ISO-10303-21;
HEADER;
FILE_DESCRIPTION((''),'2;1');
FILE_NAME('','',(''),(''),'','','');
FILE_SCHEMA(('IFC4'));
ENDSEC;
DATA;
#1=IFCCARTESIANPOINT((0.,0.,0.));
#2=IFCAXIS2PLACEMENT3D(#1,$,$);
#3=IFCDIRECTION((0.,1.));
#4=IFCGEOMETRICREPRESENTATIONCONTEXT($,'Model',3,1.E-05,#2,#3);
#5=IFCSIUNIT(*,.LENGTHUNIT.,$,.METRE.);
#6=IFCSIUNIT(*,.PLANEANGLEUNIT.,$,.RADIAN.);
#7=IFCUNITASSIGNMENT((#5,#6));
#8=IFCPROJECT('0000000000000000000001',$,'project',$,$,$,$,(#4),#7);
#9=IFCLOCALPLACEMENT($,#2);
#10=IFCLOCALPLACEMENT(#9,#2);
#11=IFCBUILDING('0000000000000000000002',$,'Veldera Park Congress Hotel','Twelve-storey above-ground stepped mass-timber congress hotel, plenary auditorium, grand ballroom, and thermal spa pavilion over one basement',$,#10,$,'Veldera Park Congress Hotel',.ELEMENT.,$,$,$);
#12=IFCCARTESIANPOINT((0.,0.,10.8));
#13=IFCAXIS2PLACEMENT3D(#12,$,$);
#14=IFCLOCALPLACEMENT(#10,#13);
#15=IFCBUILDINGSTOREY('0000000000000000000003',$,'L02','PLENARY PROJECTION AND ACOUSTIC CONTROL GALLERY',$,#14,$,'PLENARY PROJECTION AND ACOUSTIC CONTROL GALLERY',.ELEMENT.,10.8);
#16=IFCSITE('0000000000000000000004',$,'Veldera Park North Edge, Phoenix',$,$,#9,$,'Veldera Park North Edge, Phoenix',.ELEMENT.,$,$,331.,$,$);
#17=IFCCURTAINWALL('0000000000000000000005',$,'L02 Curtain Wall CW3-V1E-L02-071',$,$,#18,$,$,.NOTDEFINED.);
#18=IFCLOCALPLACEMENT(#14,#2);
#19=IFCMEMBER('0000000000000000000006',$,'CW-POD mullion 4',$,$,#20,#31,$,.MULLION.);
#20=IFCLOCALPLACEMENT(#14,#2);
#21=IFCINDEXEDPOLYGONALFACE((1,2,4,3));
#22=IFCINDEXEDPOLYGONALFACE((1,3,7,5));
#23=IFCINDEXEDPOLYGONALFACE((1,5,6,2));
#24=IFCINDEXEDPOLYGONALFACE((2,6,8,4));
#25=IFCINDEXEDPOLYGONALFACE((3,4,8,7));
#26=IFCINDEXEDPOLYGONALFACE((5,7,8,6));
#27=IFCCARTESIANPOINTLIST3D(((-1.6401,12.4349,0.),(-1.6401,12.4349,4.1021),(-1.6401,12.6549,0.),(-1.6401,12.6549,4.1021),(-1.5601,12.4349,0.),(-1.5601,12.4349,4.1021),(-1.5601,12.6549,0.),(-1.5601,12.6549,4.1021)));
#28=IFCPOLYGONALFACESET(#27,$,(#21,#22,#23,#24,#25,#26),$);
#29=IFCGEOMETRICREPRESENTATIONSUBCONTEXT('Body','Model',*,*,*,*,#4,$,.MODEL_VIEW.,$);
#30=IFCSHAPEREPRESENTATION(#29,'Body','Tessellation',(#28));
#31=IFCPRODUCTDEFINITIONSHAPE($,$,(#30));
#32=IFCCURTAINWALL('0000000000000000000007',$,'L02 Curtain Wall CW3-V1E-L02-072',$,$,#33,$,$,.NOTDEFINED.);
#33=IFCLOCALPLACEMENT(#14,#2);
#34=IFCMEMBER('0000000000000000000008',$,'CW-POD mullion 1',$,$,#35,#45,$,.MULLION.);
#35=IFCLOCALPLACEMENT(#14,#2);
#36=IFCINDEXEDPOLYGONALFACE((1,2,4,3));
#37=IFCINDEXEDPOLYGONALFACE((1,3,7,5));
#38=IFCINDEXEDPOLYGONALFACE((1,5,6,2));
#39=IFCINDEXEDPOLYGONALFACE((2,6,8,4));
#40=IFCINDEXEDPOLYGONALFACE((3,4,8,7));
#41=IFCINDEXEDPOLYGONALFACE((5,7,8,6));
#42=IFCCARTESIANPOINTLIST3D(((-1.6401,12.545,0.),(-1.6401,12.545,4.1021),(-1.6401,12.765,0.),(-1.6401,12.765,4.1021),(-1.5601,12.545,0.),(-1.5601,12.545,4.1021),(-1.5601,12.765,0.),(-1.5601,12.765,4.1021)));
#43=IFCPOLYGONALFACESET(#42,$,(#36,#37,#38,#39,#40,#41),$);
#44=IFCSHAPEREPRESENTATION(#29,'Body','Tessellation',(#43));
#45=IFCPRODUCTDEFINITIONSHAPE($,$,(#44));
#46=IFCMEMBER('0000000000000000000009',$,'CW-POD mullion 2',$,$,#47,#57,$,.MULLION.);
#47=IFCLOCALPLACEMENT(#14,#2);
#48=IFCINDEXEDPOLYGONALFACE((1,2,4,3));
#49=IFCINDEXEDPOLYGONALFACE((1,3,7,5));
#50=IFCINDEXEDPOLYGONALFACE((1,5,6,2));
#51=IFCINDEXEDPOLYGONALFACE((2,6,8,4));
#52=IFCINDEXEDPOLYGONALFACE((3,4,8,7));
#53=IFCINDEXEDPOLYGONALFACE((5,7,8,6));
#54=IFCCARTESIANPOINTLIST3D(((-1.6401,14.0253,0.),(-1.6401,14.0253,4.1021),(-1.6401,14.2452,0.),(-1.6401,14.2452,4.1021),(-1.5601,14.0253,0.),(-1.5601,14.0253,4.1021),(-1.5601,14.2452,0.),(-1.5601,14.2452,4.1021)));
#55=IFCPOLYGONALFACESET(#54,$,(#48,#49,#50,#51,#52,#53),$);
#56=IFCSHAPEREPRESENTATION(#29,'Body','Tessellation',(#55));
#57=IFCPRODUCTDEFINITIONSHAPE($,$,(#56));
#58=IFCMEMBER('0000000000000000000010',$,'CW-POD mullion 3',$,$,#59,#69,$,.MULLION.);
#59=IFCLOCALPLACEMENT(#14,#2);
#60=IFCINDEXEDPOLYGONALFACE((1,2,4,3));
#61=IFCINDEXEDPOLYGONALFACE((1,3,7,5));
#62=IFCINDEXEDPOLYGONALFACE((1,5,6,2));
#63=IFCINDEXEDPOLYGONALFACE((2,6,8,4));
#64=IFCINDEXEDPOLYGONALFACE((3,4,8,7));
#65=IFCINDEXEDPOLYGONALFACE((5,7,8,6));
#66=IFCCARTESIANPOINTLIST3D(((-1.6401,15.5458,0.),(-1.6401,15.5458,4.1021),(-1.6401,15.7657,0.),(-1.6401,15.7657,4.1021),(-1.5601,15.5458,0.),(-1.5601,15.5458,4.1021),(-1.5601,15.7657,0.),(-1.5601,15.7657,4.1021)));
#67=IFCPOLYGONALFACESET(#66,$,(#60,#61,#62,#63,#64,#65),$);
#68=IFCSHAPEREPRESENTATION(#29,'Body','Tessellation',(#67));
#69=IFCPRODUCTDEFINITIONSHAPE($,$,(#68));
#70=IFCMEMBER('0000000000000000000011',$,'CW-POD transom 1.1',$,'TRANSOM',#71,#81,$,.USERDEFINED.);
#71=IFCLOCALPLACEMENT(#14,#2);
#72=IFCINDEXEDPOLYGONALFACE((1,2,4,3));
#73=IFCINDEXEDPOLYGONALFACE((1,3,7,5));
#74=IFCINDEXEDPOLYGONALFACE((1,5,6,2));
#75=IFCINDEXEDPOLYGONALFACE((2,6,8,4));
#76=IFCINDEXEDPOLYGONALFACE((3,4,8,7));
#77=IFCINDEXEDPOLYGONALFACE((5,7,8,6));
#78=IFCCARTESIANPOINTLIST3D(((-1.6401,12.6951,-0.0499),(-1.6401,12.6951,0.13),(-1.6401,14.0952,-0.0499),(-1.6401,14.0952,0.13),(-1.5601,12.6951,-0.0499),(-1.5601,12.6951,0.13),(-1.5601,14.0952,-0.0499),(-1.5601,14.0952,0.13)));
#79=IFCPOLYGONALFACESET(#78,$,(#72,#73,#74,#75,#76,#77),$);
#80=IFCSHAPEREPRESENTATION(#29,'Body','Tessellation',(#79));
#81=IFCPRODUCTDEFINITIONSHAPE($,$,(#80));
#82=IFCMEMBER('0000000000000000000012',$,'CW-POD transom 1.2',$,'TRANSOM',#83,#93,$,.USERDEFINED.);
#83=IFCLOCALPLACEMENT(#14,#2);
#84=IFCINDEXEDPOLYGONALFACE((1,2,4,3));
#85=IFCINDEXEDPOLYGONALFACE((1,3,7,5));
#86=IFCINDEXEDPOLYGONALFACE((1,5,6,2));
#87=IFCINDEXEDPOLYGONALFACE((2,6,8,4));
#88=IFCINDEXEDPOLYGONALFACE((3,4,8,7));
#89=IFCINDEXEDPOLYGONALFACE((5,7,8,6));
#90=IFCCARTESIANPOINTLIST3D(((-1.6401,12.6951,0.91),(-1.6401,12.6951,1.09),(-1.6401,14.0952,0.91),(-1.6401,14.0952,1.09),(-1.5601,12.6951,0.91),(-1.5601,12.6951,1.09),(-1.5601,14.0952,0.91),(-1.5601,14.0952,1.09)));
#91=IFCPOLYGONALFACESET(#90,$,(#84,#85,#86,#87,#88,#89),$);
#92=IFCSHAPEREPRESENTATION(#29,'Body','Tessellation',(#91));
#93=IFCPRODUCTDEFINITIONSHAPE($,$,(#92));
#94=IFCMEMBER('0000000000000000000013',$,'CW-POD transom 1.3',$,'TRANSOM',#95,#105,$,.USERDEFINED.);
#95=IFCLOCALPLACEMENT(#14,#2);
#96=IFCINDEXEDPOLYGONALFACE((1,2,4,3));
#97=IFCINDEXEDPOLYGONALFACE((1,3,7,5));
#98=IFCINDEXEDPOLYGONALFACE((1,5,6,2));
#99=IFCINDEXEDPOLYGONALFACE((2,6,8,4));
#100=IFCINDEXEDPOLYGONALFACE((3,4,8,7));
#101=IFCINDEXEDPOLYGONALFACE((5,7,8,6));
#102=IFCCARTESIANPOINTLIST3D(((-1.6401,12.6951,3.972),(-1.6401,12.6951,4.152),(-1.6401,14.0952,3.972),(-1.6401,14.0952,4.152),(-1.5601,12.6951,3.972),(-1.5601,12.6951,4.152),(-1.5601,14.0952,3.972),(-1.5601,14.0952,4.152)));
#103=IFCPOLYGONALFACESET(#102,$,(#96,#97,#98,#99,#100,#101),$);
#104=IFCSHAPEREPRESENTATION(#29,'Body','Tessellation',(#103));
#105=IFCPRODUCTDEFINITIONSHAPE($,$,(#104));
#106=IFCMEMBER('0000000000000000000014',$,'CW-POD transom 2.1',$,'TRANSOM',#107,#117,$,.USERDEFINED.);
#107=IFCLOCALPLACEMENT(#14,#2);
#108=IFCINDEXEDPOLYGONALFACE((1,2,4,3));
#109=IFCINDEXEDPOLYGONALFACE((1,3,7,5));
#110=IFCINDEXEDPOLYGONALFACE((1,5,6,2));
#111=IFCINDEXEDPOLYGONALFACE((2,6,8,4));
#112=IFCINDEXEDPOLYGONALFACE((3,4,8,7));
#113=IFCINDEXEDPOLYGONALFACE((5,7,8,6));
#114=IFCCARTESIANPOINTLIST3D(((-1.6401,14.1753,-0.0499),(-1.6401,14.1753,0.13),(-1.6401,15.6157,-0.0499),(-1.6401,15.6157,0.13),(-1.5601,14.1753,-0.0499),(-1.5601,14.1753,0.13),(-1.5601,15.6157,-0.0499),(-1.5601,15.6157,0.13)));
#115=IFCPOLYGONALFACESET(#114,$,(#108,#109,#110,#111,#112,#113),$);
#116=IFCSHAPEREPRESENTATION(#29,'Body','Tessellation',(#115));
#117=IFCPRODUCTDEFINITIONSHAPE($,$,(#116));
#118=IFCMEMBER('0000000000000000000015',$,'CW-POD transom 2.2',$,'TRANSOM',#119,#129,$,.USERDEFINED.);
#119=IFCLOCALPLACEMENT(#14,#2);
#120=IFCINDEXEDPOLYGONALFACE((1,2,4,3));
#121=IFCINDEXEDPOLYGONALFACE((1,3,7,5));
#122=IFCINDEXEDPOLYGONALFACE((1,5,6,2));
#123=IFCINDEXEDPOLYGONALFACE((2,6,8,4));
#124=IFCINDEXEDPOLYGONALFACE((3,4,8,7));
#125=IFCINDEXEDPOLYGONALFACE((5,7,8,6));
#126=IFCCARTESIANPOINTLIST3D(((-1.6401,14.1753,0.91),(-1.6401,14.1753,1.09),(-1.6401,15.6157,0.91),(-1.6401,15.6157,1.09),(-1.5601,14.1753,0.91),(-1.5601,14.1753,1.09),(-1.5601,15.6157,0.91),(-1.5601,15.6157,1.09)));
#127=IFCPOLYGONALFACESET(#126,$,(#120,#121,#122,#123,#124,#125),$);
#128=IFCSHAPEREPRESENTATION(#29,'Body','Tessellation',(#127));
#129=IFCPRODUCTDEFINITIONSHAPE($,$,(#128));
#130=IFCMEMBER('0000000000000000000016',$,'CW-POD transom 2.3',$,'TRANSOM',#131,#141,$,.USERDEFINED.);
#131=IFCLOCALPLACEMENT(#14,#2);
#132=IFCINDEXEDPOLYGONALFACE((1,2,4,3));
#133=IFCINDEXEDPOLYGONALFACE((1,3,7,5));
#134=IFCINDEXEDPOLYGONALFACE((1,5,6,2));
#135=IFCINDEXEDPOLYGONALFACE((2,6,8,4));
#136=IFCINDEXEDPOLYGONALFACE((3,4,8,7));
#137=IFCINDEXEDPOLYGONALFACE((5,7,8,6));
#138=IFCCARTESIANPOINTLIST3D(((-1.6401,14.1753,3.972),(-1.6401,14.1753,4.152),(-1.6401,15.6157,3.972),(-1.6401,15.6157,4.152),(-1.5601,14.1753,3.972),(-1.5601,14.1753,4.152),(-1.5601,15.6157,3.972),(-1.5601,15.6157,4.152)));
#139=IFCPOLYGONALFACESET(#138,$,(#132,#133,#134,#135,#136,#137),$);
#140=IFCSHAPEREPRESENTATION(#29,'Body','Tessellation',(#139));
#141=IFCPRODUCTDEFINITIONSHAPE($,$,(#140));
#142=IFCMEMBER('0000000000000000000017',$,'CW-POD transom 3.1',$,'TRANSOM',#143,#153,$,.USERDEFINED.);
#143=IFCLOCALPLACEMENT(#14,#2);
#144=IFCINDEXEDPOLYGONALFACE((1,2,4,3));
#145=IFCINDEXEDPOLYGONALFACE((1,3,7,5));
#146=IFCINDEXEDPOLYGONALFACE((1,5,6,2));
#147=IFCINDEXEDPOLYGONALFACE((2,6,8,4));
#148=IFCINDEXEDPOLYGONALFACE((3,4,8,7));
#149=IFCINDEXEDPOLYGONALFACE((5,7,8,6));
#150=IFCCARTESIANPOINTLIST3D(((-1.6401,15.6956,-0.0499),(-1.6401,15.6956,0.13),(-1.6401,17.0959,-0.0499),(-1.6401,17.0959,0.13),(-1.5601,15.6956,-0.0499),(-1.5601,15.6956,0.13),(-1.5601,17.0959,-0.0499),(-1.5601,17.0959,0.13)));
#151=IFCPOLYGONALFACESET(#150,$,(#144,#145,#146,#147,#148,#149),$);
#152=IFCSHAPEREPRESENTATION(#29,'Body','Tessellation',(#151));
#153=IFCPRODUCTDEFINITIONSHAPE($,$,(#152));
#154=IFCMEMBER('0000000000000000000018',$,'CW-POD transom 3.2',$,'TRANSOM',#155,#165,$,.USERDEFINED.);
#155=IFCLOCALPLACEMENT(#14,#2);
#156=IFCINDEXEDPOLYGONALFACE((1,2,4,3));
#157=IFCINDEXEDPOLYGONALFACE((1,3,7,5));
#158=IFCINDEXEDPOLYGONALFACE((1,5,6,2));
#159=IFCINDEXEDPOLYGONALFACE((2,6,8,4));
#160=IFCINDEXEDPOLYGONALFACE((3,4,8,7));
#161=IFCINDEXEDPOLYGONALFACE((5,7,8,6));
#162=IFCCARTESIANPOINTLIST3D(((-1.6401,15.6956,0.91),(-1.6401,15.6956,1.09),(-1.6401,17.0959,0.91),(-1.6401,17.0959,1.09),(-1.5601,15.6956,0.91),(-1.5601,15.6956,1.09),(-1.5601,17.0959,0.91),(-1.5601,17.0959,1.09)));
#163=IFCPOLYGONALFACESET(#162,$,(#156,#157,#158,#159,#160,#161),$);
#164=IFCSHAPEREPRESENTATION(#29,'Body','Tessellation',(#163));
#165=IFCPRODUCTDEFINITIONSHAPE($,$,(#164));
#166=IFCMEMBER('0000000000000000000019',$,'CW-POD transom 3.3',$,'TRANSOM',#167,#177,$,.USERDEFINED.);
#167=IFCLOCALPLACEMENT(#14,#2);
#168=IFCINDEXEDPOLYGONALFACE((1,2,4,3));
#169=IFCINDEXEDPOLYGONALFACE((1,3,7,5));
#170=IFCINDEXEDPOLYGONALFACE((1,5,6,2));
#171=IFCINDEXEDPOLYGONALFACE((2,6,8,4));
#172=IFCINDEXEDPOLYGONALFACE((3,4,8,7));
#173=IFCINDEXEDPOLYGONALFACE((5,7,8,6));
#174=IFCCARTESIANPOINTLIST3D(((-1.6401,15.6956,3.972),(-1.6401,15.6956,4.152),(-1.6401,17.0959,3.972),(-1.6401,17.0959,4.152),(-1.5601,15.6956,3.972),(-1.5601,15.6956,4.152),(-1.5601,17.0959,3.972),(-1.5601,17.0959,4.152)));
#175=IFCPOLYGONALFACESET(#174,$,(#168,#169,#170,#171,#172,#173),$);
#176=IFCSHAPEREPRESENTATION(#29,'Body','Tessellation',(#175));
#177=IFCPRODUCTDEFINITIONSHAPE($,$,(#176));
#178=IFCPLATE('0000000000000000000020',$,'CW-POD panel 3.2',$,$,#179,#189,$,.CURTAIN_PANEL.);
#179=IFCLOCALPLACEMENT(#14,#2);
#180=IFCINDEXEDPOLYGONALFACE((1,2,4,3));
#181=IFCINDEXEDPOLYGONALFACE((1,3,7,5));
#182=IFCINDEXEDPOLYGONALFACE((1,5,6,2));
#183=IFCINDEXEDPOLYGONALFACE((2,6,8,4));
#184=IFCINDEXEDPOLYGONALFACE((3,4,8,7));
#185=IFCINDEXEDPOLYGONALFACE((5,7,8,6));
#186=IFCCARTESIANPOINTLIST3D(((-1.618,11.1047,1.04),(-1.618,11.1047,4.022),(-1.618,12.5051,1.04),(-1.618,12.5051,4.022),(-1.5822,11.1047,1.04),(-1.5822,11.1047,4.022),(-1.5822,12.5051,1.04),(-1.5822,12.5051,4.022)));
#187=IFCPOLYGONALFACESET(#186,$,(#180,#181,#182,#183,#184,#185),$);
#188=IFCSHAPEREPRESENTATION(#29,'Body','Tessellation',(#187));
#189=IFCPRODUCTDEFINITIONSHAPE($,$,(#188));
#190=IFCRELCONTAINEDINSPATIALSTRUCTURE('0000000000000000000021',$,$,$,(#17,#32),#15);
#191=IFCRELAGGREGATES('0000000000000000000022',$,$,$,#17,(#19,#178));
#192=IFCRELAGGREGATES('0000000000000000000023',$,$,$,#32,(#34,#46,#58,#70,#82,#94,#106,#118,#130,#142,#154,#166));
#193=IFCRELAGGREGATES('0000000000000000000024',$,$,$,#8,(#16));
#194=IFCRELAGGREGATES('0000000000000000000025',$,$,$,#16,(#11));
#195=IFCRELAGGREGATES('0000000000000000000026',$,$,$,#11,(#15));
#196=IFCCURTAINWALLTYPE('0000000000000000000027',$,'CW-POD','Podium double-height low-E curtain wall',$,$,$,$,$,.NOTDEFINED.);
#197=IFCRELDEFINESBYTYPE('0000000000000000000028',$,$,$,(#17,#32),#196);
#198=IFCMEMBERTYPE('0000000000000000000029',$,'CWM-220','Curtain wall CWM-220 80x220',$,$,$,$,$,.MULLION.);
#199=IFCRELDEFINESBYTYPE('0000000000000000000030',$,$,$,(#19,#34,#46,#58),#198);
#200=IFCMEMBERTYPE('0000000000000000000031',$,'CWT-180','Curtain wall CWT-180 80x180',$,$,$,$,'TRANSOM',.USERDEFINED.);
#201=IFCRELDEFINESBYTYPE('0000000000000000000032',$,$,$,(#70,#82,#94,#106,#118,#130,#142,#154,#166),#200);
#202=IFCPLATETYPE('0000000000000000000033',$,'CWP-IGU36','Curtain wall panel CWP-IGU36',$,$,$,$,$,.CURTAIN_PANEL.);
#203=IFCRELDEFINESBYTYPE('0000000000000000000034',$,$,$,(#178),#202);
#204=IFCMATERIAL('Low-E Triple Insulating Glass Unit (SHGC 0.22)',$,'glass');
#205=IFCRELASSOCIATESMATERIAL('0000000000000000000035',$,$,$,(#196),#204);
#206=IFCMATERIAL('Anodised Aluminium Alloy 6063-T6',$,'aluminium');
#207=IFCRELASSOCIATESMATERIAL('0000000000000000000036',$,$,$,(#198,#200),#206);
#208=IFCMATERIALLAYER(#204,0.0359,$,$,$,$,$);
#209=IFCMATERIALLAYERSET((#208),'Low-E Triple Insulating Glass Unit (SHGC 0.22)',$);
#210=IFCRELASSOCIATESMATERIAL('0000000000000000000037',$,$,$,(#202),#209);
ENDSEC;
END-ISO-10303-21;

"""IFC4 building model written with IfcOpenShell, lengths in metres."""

from ifc_helpers import new_model, si_unit, direction, frame, origin, origin_2d, place, context, subcontext, project, spatial, rectangle, extrude, material, layer, layer_set, material_profile, profile_set, type_object, element, aggregate, save


model = new_model("IFC4")

# Units and contexts
model_context = context("Model", 3, precision=1e-05, world=origin(), true_north=direction((0.0, 1.0)))
body_context = subcontext(model_context, "Body", "Model", "MODEL_VIEW")
ifc_project = project(units=[si_unit("LENGTHUNIT", "METRE"), si_unit("PLANEANGLEUNIT", "RADIAN")], contexts=[model_context])

# Site, building, storey
site_placement = place(None, origin())
site = spatial("IfcSite", under=ifc_project, at=site_placement, Name="Veldera Park North Edge, Phoenix", LongName="Veldera Park North Edge, Phoenix", CompositionType="ELEMENT", RefElevation=331.0)
building_placement = place(site_placement, origin())
building = spatial("IfcBuilding", under=site, at=building_placement, Name="Veldera Park Congress Hotel", Description="Twelve-storey above-ground stepped mass-timber congress hotel, plenary auditorium, grand ballroom, and thermal spa pavilion over one basement", LongName="Veldera Park Congress Hotel", CompositionType="ELEMENT")
storey_placement = place(building_placement, frame((0.0, 0.0, 10.8)))
storey = spatial("IfcBuildingStorey", under=building, at=storey_placement, Name="L02", Description="PLENARY PROJECTION AND ACOUSTIC CONTROL GALLERY", LongName="PLENARY PROJECTION AND ACOUSTIC CONTROL GALLERY", CompositionType="ELEMENT", Elevation=10.8)

# Curtain wall, member
ifc_material_1 = material(Name="Low-E Triple Insulating Glass Unit (SHGC 0.22)", Category="glass")
curtain_wall_type = type_object("IfcCurtainWallType", Name="CW-POD", Description="Podium double-height low-E curtain wall", PredefinedType="NOTDEFINED", material=ifc_material_1)
curtain_wall_1_placement = place(storey_placement, origin())
curtain_wall_1 = element("IfcCurtainWall", 1, at=curtain_wall_1_placement, inside=storey, type_object=curtain_wall_type, Name="L02 Curtain Wall CW3-V1E-L02-071", PredefinedType="NOTDEFINED")
ifc_material_2 = material(Name="Anodised Aluminium Alloy 6063-T6", Category="aluminium")
ifc_material_profile_1 = material_profile(ifc_material_2, rectangle(XDim=0.0801, YDim=0.22, at=origin_2d()), Name="ALU 80x220")
ifc_profile_set_1 = profile_set([ifc_material_profile_1], Name="Anodised Aluminium Alloy 6063-T6")
member_type_1 = type_object("IfcMemberType", Name="CWM-220", Description="Curtain wall CWM-220 80x220", PredefinedType="MULLION", material=ifc_profile_set_1)
member_1_placement = place(storey_placement, frame((-1.6001, 12.5449, 0.0), z_axis=(0.0, 0.0, 1.0), x_axis=(-1.0, 0.0, 0.0)))
member_1 = element("IfcMember", 2, at=member_1_placement, type_object=member_type_1, Name="CW-POD mullion 4", PredefinedType="MULLION", context=body_context, shape_type="SweptSolid", body=[
    extrude(rectangle(XDim=0.0801, YDim=0.22, at=origin_2d()), origin(), (0.0, 0.0, 1.0), 4.1021),
])

# Curtain wall, members
curtain_wall_2_placement = place(storey_placement, origin())
curtain_wall_2 = element("IfcCurtainWall", 3, at=curtain_wall_2_placement, inside=storey, type_object=curtain_wall_type, Name="L02 Curtain Wall CW3-V1E-L02-072", PredefinedType="NOTDEFINED")
member_2_placement = place(storey_placement, frame((-1.6001, 12.655, 0.0), z_axis=(0.0, 0.0, 1.0), x_axis=(-1.0, 0.0, 0.0)))
member_2 = element("IfcMember", 4, at=member_2_placement, type_object=member_type_1, Name="CW-POD mullion 1", PredefinedType="MULLION", context=body_context, shape_type="SweptSolid", body=[
    extrude(rectangle(XDim=0.0801, YDim=0.22, at=origin_2d()), origin(), (0.0, 0.0, 1.0), 4.1021),
])
member_3_placement = place(storey_placement, frame((-1.6001, 14.1353, 0.0), z_axis=(0.0, 0.0, 1.0), x_axis=(-1.0, 0.0, 0.0)))
member_3 = element("IfcMember", 5, at=member_3_placement, type_object=member_type_1, Name="CW-POD mullion 2", PredefinedType="MULLION", context=body_context, shape_type="SweptSolid", body=[
    extrude(rectangle(XDim=0.0801, YDim=0.22, at=origin_2d()), origin(), (0.0, 0.0, 1.0), 4.1021),
])
member_4_placement = place(storey_placement, frame((-1.6001, 15.6558, 0.0), z_axis=(0.0, 0.0, 1.0), x_axis=(-1.0, 0.0, 0.0)))
member_4 = element("IfcMember", 6, at=member_4_placement, type_object=member_type_1, Name="CW-POD mullion 3", PredefinedType="MULLION", context=body_context, shape_type="SweptSolid", body=[
    extrude(rectangle(XDim=0.0801, YDim=0.22, at=origin_2d()), origin(), (0.0, 0.0, 1.0), 4.1021),
])
ifc_material_profile_2 = material_profile(ifc_material_2, rectangle(XDim=0.0801, YDim=0.1799, at=origin_2d()), Name="ALU 80x180")
ifc_profile_set_2 = profile_set([ifc_material_profile_2], Name="Anodised Aluminium Alloy 6063-T6")
member_type_2 = type_object("IfcMemberType", Name="CWT-180", Description="Curtain wall CWT-180 80x180", ElementType="TRANSOM", PredefinedType="USERDEFINED", material=ifc_profile_set_2)
member_5_placement = place(storey_placement, frame((-1.6001, 12.6951, 0.04), z_axis=(0.0, 1.0, 0.0), x_axis=(-1.0, 0.0, 0.0)))
member_5 = element("IfcMember", 7, at=member_5_placement, type_object=member_type_2, Name="CW-POD transom 1.1", ObjectType="TRANSOM", PredefinedType="USERDEFINED", context=body_context, shape_type="SweptSolid", body=[
    extrude(rectangle(XDim=0.0801, YDim=0.1799, at=origin_2d()), origin(), (0.0, 0.0, 1.0), 1.4001),
])
member_6_placement = place(storey_placement, frame((-1.6001, 12.6951, 1.0), z_axis=(0.0, 1.0, 0.0), x_axis=(-1.0, 0.0, 0.0)))
member_6 = element("IfcMember", 8, at=member_6_placement, type_object=member_type_2, Name="CW-POD transom 1.2", ObjectType="TRANSOM", PredefinedType="USERDEFINED", context=body_context, shape_type="SweptSolid", body=[
    extrude(rectangle(XDim=0.0801, YDim=0.1799, at=origin_2d()), origin(), (0.0, 0.0, 1.0), 1.4001),
])
member_7_placement = place(storey_placement, frame((-1.6001, 12.6951, 4.062), z_axis=(0.0, 1.0, 0.0), x_axis=(-1.0, 0.0, 0.0)))
member_7 = element("IfcMember", 9, at=member_7_placement, type_object=member_type_2, Name="CW-POD transom 1.3", ObjectType="TRANSOM", PredefinedType="USERDEFINED", context=body_context, shape_type="SweptSolid", body=[
    extrude(rectangle(XDim=0.0801, YDim=0.1799, at=origin_2d()), origin(), (0.0, 0.0, 1.0), 1.4001),
])
member_8_placement = place(storey_placement, frame((-1.6001, 14.1753, 0.04), z_axis=(0.0, 1.0, 0.0), x_axis=(-1.0, 0.0, 0.0)))
member_8 = element("IfcMember", 10, at=member_8_placement, type_object=member_type_2, Name="CW-POD transom 2.1", ObjectType="TRANSOM", PredefinedType="USERDEFINED", context=body_context, shape_type="SweptSolid", body=[
    extrude(rectangle(XDim=0.0801, YDim=0.1799, at=origin_2d()), origin(), (0.0, 0.0, 1.0), 1.4404),
])
member_9_placement = place(storey_placement, frame((-1.6001, 14.1753, 1.0), z_axis=(0.0, 1.0, 0.0), x_axis=(-1.0, 0.0, 0.0)))
member_9 = element("IfcMember", 11, at=member_9_placement, type_object=member_type_2, Name="CW-POD transom 2.2", ObjectType="TRANSOM", PredefinedType="USERDEFINED", context=body_context, shape_type="SweptSolid", body=[
    extrude(rectangle(XDim=0.0801, YDim=0.1799, at=origin_2d()), origin(), (0.0, 0.0, 1.0), 1.4404),
])
member_10_placement = place(storey_placement, frame((-1.6001, 14.1753, 4.062), z_axis=(0.0, 1.0, 0.0), x_axis=(-1.0, 0.0, 0.0)))
member_10 = element("IfcMember", 12, at=member_10_placement, type_object=member_type_2, Name="CW-POD transom 2.3", ObjectType="TRANSOM", PredefinedType="USERDEFINED", context=body_context, shape_type="SweptSolid", body=[
    extrude(rectangle(XDim=0.0801, YDim=0.1799, at=origin_2d()), origin(), (0.0, 0.0, 1.0), 1.4404),
])
member_11_placement = place(storey_placement, frame((-1.6001, 15.6956, 0.04), z_axis=(0.0, 1.0, 0.0), x_axis=(-1.0, 0.0, 0.0)))
member_11 = element("IfcMember", 13, at=member_11_placement, type_object=member_type_2, Name="CW-POD transom 3.1", ObjectType="TRANSOM", PredefinedType="USERDEFINED", context=body_context, shape_type="SweptSolid", body=[
    extrude(rectangle(XDim=0.0801, YDim=0.1799, at=origin_2d()), origin(), (0.0, 0.0, 1.0), 1.4004),
])
member_12_placement = place(storey_placement, frame((-1.6001, 15.6956, 1.0), z_axis=(0.0, 1.0, 0.0), x_axis=(-1.0, 0.0, 0.0)))
member_12 = element("IfcMember", 14, at=member_12_placement, type_object=member_type_2, Name="CW-POD transom 3.2", ObjectType="TRANSOM", PredefinedType="USERDEFINED", context=body_context, shape_type="SweptSolid", body=[
    extrude(rectangle(XDim=0.0801, YDim=0.1799, at=origin_2d()), origin(), (0.0, 0.0, 1.0), 1.4004),
])
member_13_placement = place(storey_placement, frame((-1.6001, 15.6956, 4.062), z_axis=(0.0, 1.0, 0.0), x_axis=(-1.0, 0.0, 0.0)))
member_13 = element("IfcMember", 15, at=member_13_placement, type_object=member_type_2, Name="CW-POD transom 3.3", ObjectType="TRANSOM", PredefinedType="USERDEFINED", context=body_context, shape_type="SweptSolid", body=[
    extrude(rectangle(XDim=0.0801, YDim=0.1799, at=origin_2d()), origin(), (0.0, 0.0, 1.0), 1.4004),
])

# Plate
ifc_layer = layer(ifc_material_1, 0.0359)
ifc_layer_set = layer_set([ifc_layer], Name="Low-E Triple Insulating Glass Unit (SHGC 0.22)")
plate_type = type_object("IfcPlateType", Name="CWP-IGU36", Description="Curtain wall panel CWP-IGU36", PredefinedType="CURTAIN_PANEL", material=ifc_layer_set)
plate_1_placement = place(storey_placement, frame((-1.6001, 11.8049, 1.04), z_axis=(0.0, 0.0, 1.0), x_axis=(0.0, 1.0, 0.0)))
plate_1 = element("IfcPlate", 16, at=plate_1_placement, type_object=plate_type, Name="CW-POD panel 3.2", PredefinedType="CURTAIN_PANEL", context=body_context, shape_type="SweptSolid", body=[
    extrude(rectangle(XDim=1.4004, YDim=0.0359, at=origin_2d()), origin(), (0.0, 0.0, 1.0), 2.9819),
])
aggregate(curtain_wall_1, [member_1, plate_1])
aggregate(curtain_wall_2, [member_2, member_3, member_4, member_5, member_6, member_7, member_8, member_9, member_10, member_11, member_12, member_13])

save(model, "model.ifc")
